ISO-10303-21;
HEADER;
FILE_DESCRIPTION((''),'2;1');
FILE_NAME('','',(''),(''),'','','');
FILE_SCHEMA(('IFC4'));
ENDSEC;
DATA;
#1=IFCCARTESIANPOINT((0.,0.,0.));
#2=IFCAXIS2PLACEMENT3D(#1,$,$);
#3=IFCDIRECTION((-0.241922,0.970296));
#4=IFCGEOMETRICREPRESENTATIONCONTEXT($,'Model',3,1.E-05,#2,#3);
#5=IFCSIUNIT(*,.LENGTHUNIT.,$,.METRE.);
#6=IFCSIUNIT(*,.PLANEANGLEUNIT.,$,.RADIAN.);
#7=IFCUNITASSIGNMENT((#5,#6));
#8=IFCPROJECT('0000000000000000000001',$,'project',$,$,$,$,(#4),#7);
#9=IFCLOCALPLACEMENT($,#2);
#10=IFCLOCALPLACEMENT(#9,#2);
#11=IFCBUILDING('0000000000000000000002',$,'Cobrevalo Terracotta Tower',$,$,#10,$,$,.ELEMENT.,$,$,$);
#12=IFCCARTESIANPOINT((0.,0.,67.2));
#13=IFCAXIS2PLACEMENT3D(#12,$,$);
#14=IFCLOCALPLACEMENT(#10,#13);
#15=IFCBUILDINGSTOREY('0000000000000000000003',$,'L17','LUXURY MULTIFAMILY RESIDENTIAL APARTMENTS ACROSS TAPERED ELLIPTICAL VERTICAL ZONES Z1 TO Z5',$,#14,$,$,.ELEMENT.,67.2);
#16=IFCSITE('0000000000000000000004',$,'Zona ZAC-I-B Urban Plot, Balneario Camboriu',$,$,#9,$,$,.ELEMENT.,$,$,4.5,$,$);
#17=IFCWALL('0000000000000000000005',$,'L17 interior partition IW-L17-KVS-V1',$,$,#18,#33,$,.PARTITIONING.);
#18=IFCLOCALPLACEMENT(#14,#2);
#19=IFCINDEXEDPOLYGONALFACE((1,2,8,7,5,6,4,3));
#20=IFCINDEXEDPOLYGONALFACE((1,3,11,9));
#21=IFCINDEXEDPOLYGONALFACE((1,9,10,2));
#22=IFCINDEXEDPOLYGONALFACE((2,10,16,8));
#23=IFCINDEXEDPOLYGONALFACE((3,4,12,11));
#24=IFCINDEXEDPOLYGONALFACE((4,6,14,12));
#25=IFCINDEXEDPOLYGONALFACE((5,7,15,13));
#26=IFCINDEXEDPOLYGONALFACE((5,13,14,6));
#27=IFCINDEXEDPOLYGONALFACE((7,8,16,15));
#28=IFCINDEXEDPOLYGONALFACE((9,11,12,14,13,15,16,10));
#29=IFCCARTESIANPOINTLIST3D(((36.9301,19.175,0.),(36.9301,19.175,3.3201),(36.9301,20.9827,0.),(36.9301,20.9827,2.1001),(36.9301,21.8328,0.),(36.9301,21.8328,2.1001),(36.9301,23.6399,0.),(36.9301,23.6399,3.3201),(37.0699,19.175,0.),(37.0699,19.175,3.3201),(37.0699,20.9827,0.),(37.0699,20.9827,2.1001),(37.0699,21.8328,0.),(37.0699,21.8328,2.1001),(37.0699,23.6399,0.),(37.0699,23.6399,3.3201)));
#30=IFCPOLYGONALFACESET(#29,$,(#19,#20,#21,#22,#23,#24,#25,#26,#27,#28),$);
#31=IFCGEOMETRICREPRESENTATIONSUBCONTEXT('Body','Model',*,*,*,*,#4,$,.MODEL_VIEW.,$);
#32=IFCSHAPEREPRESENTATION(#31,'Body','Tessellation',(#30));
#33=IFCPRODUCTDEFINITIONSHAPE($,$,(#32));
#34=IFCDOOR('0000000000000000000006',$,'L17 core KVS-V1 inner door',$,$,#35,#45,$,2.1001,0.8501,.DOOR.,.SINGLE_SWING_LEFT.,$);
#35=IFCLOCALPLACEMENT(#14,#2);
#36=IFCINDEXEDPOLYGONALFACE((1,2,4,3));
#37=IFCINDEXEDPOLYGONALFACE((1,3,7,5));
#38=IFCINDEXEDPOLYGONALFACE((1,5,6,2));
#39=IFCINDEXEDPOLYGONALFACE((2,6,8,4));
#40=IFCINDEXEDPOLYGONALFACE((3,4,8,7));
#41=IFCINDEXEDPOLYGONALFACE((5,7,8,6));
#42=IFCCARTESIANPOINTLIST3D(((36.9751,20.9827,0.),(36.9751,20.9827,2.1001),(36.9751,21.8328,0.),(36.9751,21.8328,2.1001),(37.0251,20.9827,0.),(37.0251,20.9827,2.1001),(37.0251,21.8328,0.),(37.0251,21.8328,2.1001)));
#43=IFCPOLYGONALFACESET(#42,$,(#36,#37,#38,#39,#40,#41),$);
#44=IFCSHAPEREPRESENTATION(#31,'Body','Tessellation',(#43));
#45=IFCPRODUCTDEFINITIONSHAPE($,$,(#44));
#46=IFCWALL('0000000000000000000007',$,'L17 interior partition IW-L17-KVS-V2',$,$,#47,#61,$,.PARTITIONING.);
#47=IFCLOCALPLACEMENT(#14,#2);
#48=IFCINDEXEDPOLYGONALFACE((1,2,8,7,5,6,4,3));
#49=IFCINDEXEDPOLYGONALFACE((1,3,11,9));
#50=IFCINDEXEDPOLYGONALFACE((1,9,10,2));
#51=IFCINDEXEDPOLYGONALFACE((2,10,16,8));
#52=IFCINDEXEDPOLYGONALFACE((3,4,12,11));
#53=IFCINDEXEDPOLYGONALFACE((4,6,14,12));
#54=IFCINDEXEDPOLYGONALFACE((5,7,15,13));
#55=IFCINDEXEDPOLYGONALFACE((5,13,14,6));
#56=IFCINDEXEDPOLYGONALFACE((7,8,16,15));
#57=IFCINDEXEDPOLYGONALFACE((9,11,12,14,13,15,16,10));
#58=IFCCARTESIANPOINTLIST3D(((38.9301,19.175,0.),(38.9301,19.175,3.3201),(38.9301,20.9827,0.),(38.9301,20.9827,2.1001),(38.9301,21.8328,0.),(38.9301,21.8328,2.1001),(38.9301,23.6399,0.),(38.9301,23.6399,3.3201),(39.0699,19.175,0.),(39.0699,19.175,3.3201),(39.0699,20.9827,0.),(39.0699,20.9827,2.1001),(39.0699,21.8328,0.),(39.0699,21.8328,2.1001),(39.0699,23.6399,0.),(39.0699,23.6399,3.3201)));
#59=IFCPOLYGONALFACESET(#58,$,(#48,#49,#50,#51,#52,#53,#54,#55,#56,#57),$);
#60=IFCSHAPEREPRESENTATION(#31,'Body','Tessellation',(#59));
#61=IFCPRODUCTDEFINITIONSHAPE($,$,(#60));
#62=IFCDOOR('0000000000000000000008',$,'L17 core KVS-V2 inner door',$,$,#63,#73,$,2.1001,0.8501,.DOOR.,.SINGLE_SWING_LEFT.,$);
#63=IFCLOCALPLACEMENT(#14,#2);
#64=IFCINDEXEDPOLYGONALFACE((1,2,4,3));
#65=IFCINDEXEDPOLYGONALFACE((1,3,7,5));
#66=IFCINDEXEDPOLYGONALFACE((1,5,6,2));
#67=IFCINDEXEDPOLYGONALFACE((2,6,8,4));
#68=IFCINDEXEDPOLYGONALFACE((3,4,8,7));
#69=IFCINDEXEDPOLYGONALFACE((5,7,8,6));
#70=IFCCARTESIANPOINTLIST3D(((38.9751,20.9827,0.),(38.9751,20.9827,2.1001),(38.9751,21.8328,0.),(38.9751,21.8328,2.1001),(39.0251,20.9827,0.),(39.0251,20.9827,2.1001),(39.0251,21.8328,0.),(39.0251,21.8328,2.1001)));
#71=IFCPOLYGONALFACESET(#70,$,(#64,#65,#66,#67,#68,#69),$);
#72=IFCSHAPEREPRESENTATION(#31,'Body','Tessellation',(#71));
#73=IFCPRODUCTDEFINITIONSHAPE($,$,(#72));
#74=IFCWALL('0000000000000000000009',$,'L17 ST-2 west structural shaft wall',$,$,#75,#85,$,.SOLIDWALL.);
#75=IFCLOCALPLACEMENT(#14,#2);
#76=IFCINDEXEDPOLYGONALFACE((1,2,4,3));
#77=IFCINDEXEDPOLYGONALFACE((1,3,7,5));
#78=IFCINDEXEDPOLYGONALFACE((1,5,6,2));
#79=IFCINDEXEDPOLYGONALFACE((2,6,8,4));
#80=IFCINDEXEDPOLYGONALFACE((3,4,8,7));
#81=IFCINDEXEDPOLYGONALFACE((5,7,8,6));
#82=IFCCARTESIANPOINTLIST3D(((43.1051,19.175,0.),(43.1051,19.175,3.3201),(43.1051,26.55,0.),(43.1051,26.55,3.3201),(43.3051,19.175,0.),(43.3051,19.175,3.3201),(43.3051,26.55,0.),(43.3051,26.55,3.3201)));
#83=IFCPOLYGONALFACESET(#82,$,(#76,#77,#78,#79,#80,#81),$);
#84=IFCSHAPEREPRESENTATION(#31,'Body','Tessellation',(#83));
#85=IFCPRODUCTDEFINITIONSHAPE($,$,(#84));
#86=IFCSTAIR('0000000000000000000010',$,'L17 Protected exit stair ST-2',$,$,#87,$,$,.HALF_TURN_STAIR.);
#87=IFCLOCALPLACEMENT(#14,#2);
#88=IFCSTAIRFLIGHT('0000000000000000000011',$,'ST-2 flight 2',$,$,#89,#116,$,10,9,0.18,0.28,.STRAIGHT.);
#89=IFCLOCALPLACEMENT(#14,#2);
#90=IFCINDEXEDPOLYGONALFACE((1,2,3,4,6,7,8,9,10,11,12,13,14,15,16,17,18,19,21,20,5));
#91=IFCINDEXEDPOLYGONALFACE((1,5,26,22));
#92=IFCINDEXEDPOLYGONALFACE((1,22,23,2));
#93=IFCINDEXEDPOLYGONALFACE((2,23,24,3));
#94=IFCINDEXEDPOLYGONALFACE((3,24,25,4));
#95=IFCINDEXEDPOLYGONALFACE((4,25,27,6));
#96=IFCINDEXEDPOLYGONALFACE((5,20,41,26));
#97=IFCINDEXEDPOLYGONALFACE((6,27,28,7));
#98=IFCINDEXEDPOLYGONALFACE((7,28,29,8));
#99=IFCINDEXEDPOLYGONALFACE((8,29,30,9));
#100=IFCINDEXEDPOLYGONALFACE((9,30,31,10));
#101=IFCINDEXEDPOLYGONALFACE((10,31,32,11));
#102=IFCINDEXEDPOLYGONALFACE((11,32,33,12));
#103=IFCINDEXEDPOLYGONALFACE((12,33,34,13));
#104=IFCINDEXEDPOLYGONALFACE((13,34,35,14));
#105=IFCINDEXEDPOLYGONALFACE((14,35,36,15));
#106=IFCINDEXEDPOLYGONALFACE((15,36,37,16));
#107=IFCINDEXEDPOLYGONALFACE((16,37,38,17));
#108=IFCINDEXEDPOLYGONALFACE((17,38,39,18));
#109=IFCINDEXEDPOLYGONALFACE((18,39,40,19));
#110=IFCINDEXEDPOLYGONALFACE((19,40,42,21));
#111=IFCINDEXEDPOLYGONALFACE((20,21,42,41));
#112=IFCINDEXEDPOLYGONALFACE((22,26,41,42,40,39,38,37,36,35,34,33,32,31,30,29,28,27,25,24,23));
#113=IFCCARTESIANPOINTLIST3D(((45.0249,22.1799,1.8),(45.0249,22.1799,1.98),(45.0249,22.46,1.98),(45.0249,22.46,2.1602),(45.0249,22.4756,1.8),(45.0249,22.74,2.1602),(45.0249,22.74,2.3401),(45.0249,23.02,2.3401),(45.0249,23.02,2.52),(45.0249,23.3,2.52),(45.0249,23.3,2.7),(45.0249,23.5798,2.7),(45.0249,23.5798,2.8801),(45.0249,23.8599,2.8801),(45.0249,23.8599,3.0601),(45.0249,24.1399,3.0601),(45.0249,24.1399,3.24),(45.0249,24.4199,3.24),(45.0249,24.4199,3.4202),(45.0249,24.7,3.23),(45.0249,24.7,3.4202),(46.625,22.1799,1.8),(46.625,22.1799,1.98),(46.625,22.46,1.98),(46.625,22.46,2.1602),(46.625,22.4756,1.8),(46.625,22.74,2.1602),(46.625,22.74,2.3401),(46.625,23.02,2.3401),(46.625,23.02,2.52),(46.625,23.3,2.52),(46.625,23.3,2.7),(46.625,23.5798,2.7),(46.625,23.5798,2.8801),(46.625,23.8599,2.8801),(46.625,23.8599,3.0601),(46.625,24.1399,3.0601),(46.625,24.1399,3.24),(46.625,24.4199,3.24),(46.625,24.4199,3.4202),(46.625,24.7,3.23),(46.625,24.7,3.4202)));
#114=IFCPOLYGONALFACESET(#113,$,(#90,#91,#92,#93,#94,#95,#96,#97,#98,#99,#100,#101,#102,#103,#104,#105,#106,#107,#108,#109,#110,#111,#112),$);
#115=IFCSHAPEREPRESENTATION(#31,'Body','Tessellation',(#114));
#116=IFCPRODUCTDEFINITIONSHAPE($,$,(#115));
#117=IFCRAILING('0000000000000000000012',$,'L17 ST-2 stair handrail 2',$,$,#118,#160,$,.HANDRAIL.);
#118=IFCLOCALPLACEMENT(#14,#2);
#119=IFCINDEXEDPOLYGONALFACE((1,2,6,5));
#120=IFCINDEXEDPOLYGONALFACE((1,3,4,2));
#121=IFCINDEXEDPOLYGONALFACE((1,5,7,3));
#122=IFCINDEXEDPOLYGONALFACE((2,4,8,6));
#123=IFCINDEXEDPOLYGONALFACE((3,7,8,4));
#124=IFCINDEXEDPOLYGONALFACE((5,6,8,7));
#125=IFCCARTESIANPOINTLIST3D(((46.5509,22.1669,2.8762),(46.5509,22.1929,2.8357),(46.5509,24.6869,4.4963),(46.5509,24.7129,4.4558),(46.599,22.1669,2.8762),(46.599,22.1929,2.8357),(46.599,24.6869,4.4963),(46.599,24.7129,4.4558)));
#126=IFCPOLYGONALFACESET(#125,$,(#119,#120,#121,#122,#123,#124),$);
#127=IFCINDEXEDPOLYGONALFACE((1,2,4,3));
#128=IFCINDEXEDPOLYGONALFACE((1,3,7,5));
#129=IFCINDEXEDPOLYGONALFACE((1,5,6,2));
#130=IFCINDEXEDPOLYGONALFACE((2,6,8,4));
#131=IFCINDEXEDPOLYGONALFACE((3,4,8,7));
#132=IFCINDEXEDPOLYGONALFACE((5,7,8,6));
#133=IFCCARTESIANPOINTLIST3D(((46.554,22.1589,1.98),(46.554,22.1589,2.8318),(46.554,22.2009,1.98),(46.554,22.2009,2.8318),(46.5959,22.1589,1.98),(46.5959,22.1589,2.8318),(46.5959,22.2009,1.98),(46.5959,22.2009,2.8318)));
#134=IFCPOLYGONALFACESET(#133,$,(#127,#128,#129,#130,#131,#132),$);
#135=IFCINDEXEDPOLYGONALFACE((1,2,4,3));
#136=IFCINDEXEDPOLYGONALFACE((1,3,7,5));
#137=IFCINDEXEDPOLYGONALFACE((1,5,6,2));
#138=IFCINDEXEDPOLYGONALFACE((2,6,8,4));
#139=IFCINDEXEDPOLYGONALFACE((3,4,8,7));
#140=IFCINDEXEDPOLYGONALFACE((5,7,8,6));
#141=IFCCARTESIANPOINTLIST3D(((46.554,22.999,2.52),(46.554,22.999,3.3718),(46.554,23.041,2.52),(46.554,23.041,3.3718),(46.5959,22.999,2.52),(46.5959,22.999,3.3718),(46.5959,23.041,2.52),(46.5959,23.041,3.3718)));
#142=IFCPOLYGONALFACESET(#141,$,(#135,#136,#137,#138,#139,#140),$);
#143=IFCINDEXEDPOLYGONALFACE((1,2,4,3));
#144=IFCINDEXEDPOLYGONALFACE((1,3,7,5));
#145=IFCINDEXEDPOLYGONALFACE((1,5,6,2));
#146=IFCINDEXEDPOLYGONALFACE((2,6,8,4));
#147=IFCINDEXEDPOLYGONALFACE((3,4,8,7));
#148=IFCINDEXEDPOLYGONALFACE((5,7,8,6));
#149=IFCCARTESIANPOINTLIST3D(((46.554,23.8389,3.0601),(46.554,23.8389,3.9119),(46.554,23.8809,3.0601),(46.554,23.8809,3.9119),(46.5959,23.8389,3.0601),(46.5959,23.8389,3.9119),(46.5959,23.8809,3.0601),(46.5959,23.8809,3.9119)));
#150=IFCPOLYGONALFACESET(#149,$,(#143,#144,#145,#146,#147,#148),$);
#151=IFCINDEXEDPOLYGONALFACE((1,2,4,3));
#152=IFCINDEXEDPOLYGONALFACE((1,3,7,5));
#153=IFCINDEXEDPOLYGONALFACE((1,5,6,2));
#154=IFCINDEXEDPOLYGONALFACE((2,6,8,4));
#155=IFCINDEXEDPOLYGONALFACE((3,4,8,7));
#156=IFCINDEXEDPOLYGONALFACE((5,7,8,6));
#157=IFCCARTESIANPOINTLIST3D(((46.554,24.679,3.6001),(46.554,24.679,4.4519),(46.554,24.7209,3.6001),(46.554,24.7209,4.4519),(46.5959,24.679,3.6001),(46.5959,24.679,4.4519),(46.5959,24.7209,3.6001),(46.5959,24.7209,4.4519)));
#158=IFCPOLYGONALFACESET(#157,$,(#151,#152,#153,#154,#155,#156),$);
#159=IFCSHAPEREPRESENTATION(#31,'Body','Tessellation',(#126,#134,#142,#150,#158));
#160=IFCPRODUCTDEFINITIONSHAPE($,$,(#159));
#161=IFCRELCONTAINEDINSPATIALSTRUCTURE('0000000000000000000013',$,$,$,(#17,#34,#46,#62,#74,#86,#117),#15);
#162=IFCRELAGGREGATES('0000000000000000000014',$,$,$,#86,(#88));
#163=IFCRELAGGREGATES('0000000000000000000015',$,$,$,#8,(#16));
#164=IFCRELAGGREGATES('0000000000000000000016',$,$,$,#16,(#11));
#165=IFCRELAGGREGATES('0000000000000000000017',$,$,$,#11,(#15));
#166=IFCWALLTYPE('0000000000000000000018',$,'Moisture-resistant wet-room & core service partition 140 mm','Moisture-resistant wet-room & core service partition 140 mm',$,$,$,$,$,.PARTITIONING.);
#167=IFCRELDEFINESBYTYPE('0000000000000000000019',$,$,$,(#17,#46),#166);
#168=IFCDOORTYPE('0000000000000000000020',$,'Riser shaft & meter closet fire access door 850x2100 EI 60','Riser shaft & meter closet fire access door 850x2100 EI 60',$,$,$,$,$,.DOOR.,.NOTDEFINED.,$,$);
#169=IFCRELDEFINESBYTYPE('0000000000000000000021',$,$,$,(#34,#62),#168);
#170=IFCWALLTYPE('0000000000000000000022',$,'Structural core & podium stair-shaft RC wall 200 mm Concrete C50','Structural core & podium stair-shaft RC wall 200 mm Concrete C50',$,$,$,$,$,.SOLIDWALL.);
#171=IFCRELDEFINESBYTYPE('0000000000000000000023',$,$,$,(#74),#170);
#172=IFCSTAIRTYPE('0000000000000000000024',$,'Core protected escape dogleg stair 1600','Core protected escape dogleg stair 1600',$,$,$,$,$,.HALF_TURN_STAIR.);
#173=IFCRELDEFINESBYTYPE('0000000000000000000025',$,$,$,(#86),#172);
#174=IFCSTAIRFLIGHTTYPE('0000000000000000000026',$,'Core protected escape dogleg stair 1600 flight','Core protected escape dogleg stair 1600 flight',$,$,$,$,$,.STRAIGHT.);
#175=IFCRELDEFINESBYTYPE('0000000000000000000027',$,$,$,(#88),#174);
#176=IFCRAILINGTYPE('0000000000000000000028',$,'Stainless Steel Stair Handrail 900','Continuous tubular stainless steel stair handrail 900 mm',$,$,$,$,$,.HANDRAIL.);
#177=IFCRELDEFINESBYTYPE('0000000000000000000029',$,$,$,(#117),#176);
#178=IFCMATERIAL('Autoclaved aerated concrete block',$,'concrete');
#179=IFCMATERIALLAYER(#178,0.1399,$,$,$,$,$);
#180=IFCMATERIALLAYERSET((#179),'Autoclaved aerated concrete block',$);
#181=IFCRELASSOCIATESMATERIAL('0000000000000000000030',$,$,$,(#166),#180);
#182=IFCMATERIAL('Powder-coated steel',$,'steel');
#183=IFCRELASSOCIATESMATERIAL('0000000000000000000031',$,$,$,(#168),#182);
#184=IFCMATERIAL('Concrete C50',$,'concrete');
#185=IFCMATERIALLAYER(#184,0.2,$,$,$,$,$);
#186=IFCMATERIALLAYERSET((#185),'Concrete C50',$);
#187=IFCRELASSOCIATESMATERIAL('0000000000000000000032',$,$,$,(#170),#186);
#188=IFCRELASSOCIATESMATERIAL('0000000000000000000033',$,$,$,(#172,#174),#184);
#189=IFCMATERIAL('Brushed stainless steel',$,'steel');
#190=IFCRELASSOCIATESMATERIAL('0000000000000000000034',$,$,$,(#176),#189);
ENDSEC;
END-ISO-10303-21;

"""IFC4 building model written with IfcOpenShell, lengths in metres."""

from ifc_helpers import new_model, si_unit, direction, frame, frame_2d, origin, origin_2d, place, context, subcontext, project, spatial, polyline, rectangle, outline, extrude, source, transform, mapped, material, layer, layer_set, type_object, element, fill, aggregate, save


model = new_model("IFC4")

# Units and contexts
model_context = context("Model", 3, precision=1e-05, world=origin(), true_north=direction((-0.241922, 0.970296)))
body_context = subcontext(model_context, "Body", "Model", "MODEL_VIEW")
ifc_project = project(units=[si_unit("LENGTHUNIT", "METRE"), si_unit("PLANEANGLEUNIT", "RADIAN")], contexts=[model_context])

# Site, building, storey
site_placement = place(None, origin())
site = spatial("IfcSite", under=ifc_project, at=site_placement, Name="Zona ZAC-I-B Urban Plot, Balneario Camboriu", CompositionType="ELEMENT", RefElevation=4.5)
building_placement = place(site_placement, origin())
building = spatial("IfcBuilding", under=site, at=building_placement, Name="Cobrevalo Terracotta Tower", CompositionType="ELEMENT")
storey_placement = place(building_placement, frame((0.0, 0.0, 67.2)))
storey = spatial("IfcBuildingStorey", under=building, at=storey_placement, Name="L17", Description="LUXURY MULTIFAMILY RESIDENTIAL APARTMENTS ACROSS TAPERED ELLIPTICAL VERTICAL ZONES Z1 TO Z5", CompositionType="ELEMENT", Elevation=67.2)

# Shared definitions
ifc_material_1 = material(Name="Autoclaved aerated concrete block", Category="concrete")

# Shared definitions
ifc_layer_1 = layer(ifc_material_1, 0.1399)
ifc_layer_set_1 = layer_set([ifc_layer_1], Name="Autoclaved aerated concrete block")
wall_type_1 = type_object("IfcWallType", Name="Moisture-resistant wet-room & core service partition 140 mm", Description="Moisture-resistant wet-room & core service partition 140 mm", PredefinedType="PARTITIONING", material=ifc_layer_set_1)

# Walls, openings, doors
wall_1_placement = place(storey_placement, frame((37.0, 19.175, 0.0), z_axis=(0.0, 0.0, 1.0), x_axis=(0.0, 1.0, 0.0)))
wall_1 = element("IfcWall", 1, at=wall_1_placement, inside=storey, type_object=wall_type_1, Name="L17 interior partition IW-L17-KVS-V1", PredefinedType="PARTITIONING", context=body_context, shape_type="SweptSolid", body=[
    extrude(rectangle(XDim=4.4648, YDim=0.1399, at=frame_2d((2.2324, 0.0))), origin(), (0.0, 0.0, 1.0), 3.3201),
])
opening_1_placement = place(wall_1_placement, frame((1.8076, 0.0, 0.0)))
opening_1 = element("IfcOpeningElement", 2, at=opening_1_placement, cuts=wall_1, PredefinedType="OPENING", context=body_context, shape_type="SweptSolid", body=[
    extrude(rectangle(XDim=0.8501, YDim=2.1001, at=frame_2d((0.425, 1.05))), frame((0.0, 0.0801, 0.0), z_axis=(0.0, -1.0, 0.0), x_axis=(1.0, 0.0, 0.0)), (0.0, 0.0, 1.0), 0.1599),
])
ifc_material_2 = material(Name="Powder-coated steel", Category="steel")
door_type_1 = type_object("IfcDoorType", Name="Riser shaft & meter closet fire access door 850x2100 EI 60", Description="Riser shaft & meter closet fire access door 850x2100 EI 60", OperationType="NOTDEFINED", PredefinedType="DOOR", material=ifc_material_2)
shared_shape_1 = source(origin(), body_context, "Body", "SweptSolid", [
    extrude(rectangle(XDim=0.8501, YDim=2.1001, at=frame_2d((0.425, 1.05))), frame((0.0, 0.0249, 0.0), z_axis=(0.0, -1.0, 0.0), x_axis=(1.0, 0.0, 0.0)), (0.0, 0.0, 1.0), 0.05),
])
door_1_placement = place(opening_1_placement, origin())
door_1 = element("IfcDoor", 3, at=door_1_placement, inside=storey, type_object=door_type_1, Name="L17 core KVS-V1 inner door", OperationType="SINGLE_SWING_LEFT", OverallHeight=2.1001, OverallWidth=0.8501, PredefinedType="DOOR", context=body_context, shape_type="MappedRepresentation", body=[
    mapped(shared_shape_1, transform((0.0, 0.0, 0.0), scale=1.0)),
])
fill(opening_1, door_1)
wall_2_placement = place(storey_placement, frame((39.0, 19.175, 0.0), z_axis=(0.0, 0.0, 1.0), x_axis=(0.0, 1.0, 0.0)))
wall_2 = element("IfcWall", 4, at=wall_2_placement, inside=storey, type_object=wall_type_1, Name="L17 interior partition IW-L17-KVS-V2", PredefinedType="PARTITIONING", context=body_context, shape_type="SweptSolid", body=[
    extrude(rectangle(XDim=4.4648, YDim=0.1399, at=frame_2d((2.2324, 0.0))), origin(), (0.0, 0.0, 1.0), 3.3201),
])
opening_2_placement = place(wall_2_placement, frame((1.8076, 0.0, 0.0)))
opening_2 = element("IfcOpeningElement", 5, at=opening_2_placement, cuts=wall_2, PredefinedType="OPENING", context=body_context, shape_type="SweptSolid", body=[
    extrude(rectangle(XDim=0.8501, YDim=2.1001, at=frame_2d((0.425, 1.05))), frame((0.0, 0.0801, 0.0), z_axis=(0.0, -1.0, 0.0), x_axis=(1.0, 0.0, 0.0)), (0.0, 0.0, 1.0), 0.1599),
])
door_2_placement = place(opening_2_placement, origin())
door_2 = element("IfcDoor", 6, at=door_2_placement, inside=storey, type_object=door_type_1, Name="L17 core KVS-V2 inner door", OperationType="SINGLE_SWING_LEFT", OverallHeight=2.1001, OverallWidth=0.8501, PredefinedType="DOOR", context=body_context, shape_type="MappedRepresentation", body=[
    mapped(shared_shape_1, transform((0.0, 0.0, 0.0), scale=1.0)),
])
fill(opening_2, door_2)

# Wall
ifc_material_3 = material(Name="Concrete C50", Category="concrete")
ifc_layer_2 = layer(ifc_material_3, 0.2)
ifc_layer_set_2 = layer_set([ifc_layer_2], Name="Concrete C50")
wall_type_2 = type_object("IfcWallType", Name="Structural core & podium stair-shaft RC wall 200 mm Concrete C50", Description="Structural core & podium stair-shaft RC wall 200 mm Concrete C50", PredefinedType="SOLIDWALL", material=ifc_layer_set_2)
wall_3_placement = place(storey_placement, frame((43.2051, 19.175, 0.0), z_axis=(0.0, 0.0, 1.0), x_axis=(0.0, 1.0, 0.0)))
element("IfcWall", 7, at=wall_3_placement, inside=storey, type_object=wall_type_2, Name="L17 ST-2 west structural shaft wall", PredefinedType="SOLIDWALL", context=body_context, shape_type="SweptSolid", body=[
    extrude(rectangle(XDim=7.375, YDim=0.2, at=frame_2d((3.6875, 0.0))), origin(), (0.0, 0.0, 1.0), 3.3201),
])

# Stair, stair flight
stair_type = type_object("IfcStairType", Name="Core protected escape dogleg stair 1600", Description="Core protected escape dogleg stair 1600", PredefinedType="HALF_TURN_STAIR", material=ifc_material_3)
stair_placement = place(storey_placement, origin())
stair = element("IfcStair", 8, at=stair_placement, inside=storey, type_object=stair_type, Name="L17 Protected exit stair ST-2", PredefinedType="HALF_TURN_STAIR")
stair_flight_type = type_object("IfcStairFlightType", Name="Core protected escape dogleg stair 1600 flight", Description="Core protected escape dogleg stair 1600 flight", PredefinedType="STRAIGHT", material=ifc_material_3)
stair_flight_placement = place(storey_placement, frame((45.825, 22.1799, 1.8), z_axis=(0.0, 0.0, 1.0), x_axis=(0.0, 1.0, 0.0)))
stair_flight = element("IfcStairFlight", 9, at=stair_flight_placement, type_object=stair_flight_type, Name="ST-2 flight 2", NumberOfRisers=10, NumberOfTreads=9, PredefinedType="STRAIGHT", RiserHeight=0.18, TreadLength=0.28, context=body_context, shape_type="SweptSolid", body=[
    extrude(outline(polyline([(0.0, 0.0), (0.0, 0.1799), (0.28, 0.1799), (0.28, 0.3601), (0.5601, 0.3601), (0.5601, 0.54), (0.8401, 0.54), (0.8401, 0.72), (1.1201, 0.72), (1.1201, 0.8999), (1.3999, 0.8999), (1.3999, 1.0801), (1.6799, 1.0801), (1.6799, 1.26), (1.96, 1.26), (1.96, 1.4399), (2.24, 1.4399), (2.24, 1.6201), (2.52, 1.6201), (2.52, 1.8), (2.52, 1.4299), (0.2957, 0.0), (0.0, 0.0)])), frame((0.0, 0.8, 0.0), z_axis=(0.0, -1.0, 0.0), x_axis=(1.0, 0.0, 0.0)), (0.0, 0.0, 1.0), 1.6001),
])
aggregate(stair, [stair_flight])

# Railing
ifc_material_4 = material(Name="Brushed stainless steel", Category="steel")
railing_type_1 = type_object("IfcRailingType", Name="Stainless Steel Stair Handrail 900", Description="Continuous tubular stainless steel stair handrail 900 mm", PredefinedType="HANDRAIL", material=ifc_material_4)
railing_1_placement = place(storey_placement, frame((46.575, 22.1799, 1.98)))
element("IfcRailing", 10, at=railing_1_placement, inside=storey, type_object=railing_type_1, Name="L17 ST-2 stair handrail 2", PredefinedType="HANDRAIL", context=body_context, shape_type="SweptSolid", body=[
    extrude(rectangle(XDim=0.0481, YDim=0.0481, at=origin_2d()), frame((0.0, 0.0, 0.876), z_axis=(0.0, 0.841163, 0.540782), x_axis=(-1.0, 0.0, 0.0)), (0.0, 0.0, 1.0), 2.9958),
    extrude(rectangle(XDim=0.042, YDim=0.042, at=origin_2d()), origin(), (0.0, 0.0, 1.0), 0.8518),
    extrude(rectangle(XDim=0.042, YDim=0.042, at=origin_2d()), frame((0.0, 0.8401, 0.54)), (0.0, 0.0, 1.0), 0.8518),
    extrude(rectangle(XDim=0.042, YDim=0.042, at=origin_2d()), frame((0.0, 1.6799, 1.0801)), (0.0, 0.0, 1.0), 0.8518),
    extrude(rectangle(XDim=0.042, YDim=0.042, at=origin_2d()), frame((0.0, 2.52, 1.6201)), (0.0, 0.0, 1.0), 0.8518),
])

save(model, "model.ifc")
